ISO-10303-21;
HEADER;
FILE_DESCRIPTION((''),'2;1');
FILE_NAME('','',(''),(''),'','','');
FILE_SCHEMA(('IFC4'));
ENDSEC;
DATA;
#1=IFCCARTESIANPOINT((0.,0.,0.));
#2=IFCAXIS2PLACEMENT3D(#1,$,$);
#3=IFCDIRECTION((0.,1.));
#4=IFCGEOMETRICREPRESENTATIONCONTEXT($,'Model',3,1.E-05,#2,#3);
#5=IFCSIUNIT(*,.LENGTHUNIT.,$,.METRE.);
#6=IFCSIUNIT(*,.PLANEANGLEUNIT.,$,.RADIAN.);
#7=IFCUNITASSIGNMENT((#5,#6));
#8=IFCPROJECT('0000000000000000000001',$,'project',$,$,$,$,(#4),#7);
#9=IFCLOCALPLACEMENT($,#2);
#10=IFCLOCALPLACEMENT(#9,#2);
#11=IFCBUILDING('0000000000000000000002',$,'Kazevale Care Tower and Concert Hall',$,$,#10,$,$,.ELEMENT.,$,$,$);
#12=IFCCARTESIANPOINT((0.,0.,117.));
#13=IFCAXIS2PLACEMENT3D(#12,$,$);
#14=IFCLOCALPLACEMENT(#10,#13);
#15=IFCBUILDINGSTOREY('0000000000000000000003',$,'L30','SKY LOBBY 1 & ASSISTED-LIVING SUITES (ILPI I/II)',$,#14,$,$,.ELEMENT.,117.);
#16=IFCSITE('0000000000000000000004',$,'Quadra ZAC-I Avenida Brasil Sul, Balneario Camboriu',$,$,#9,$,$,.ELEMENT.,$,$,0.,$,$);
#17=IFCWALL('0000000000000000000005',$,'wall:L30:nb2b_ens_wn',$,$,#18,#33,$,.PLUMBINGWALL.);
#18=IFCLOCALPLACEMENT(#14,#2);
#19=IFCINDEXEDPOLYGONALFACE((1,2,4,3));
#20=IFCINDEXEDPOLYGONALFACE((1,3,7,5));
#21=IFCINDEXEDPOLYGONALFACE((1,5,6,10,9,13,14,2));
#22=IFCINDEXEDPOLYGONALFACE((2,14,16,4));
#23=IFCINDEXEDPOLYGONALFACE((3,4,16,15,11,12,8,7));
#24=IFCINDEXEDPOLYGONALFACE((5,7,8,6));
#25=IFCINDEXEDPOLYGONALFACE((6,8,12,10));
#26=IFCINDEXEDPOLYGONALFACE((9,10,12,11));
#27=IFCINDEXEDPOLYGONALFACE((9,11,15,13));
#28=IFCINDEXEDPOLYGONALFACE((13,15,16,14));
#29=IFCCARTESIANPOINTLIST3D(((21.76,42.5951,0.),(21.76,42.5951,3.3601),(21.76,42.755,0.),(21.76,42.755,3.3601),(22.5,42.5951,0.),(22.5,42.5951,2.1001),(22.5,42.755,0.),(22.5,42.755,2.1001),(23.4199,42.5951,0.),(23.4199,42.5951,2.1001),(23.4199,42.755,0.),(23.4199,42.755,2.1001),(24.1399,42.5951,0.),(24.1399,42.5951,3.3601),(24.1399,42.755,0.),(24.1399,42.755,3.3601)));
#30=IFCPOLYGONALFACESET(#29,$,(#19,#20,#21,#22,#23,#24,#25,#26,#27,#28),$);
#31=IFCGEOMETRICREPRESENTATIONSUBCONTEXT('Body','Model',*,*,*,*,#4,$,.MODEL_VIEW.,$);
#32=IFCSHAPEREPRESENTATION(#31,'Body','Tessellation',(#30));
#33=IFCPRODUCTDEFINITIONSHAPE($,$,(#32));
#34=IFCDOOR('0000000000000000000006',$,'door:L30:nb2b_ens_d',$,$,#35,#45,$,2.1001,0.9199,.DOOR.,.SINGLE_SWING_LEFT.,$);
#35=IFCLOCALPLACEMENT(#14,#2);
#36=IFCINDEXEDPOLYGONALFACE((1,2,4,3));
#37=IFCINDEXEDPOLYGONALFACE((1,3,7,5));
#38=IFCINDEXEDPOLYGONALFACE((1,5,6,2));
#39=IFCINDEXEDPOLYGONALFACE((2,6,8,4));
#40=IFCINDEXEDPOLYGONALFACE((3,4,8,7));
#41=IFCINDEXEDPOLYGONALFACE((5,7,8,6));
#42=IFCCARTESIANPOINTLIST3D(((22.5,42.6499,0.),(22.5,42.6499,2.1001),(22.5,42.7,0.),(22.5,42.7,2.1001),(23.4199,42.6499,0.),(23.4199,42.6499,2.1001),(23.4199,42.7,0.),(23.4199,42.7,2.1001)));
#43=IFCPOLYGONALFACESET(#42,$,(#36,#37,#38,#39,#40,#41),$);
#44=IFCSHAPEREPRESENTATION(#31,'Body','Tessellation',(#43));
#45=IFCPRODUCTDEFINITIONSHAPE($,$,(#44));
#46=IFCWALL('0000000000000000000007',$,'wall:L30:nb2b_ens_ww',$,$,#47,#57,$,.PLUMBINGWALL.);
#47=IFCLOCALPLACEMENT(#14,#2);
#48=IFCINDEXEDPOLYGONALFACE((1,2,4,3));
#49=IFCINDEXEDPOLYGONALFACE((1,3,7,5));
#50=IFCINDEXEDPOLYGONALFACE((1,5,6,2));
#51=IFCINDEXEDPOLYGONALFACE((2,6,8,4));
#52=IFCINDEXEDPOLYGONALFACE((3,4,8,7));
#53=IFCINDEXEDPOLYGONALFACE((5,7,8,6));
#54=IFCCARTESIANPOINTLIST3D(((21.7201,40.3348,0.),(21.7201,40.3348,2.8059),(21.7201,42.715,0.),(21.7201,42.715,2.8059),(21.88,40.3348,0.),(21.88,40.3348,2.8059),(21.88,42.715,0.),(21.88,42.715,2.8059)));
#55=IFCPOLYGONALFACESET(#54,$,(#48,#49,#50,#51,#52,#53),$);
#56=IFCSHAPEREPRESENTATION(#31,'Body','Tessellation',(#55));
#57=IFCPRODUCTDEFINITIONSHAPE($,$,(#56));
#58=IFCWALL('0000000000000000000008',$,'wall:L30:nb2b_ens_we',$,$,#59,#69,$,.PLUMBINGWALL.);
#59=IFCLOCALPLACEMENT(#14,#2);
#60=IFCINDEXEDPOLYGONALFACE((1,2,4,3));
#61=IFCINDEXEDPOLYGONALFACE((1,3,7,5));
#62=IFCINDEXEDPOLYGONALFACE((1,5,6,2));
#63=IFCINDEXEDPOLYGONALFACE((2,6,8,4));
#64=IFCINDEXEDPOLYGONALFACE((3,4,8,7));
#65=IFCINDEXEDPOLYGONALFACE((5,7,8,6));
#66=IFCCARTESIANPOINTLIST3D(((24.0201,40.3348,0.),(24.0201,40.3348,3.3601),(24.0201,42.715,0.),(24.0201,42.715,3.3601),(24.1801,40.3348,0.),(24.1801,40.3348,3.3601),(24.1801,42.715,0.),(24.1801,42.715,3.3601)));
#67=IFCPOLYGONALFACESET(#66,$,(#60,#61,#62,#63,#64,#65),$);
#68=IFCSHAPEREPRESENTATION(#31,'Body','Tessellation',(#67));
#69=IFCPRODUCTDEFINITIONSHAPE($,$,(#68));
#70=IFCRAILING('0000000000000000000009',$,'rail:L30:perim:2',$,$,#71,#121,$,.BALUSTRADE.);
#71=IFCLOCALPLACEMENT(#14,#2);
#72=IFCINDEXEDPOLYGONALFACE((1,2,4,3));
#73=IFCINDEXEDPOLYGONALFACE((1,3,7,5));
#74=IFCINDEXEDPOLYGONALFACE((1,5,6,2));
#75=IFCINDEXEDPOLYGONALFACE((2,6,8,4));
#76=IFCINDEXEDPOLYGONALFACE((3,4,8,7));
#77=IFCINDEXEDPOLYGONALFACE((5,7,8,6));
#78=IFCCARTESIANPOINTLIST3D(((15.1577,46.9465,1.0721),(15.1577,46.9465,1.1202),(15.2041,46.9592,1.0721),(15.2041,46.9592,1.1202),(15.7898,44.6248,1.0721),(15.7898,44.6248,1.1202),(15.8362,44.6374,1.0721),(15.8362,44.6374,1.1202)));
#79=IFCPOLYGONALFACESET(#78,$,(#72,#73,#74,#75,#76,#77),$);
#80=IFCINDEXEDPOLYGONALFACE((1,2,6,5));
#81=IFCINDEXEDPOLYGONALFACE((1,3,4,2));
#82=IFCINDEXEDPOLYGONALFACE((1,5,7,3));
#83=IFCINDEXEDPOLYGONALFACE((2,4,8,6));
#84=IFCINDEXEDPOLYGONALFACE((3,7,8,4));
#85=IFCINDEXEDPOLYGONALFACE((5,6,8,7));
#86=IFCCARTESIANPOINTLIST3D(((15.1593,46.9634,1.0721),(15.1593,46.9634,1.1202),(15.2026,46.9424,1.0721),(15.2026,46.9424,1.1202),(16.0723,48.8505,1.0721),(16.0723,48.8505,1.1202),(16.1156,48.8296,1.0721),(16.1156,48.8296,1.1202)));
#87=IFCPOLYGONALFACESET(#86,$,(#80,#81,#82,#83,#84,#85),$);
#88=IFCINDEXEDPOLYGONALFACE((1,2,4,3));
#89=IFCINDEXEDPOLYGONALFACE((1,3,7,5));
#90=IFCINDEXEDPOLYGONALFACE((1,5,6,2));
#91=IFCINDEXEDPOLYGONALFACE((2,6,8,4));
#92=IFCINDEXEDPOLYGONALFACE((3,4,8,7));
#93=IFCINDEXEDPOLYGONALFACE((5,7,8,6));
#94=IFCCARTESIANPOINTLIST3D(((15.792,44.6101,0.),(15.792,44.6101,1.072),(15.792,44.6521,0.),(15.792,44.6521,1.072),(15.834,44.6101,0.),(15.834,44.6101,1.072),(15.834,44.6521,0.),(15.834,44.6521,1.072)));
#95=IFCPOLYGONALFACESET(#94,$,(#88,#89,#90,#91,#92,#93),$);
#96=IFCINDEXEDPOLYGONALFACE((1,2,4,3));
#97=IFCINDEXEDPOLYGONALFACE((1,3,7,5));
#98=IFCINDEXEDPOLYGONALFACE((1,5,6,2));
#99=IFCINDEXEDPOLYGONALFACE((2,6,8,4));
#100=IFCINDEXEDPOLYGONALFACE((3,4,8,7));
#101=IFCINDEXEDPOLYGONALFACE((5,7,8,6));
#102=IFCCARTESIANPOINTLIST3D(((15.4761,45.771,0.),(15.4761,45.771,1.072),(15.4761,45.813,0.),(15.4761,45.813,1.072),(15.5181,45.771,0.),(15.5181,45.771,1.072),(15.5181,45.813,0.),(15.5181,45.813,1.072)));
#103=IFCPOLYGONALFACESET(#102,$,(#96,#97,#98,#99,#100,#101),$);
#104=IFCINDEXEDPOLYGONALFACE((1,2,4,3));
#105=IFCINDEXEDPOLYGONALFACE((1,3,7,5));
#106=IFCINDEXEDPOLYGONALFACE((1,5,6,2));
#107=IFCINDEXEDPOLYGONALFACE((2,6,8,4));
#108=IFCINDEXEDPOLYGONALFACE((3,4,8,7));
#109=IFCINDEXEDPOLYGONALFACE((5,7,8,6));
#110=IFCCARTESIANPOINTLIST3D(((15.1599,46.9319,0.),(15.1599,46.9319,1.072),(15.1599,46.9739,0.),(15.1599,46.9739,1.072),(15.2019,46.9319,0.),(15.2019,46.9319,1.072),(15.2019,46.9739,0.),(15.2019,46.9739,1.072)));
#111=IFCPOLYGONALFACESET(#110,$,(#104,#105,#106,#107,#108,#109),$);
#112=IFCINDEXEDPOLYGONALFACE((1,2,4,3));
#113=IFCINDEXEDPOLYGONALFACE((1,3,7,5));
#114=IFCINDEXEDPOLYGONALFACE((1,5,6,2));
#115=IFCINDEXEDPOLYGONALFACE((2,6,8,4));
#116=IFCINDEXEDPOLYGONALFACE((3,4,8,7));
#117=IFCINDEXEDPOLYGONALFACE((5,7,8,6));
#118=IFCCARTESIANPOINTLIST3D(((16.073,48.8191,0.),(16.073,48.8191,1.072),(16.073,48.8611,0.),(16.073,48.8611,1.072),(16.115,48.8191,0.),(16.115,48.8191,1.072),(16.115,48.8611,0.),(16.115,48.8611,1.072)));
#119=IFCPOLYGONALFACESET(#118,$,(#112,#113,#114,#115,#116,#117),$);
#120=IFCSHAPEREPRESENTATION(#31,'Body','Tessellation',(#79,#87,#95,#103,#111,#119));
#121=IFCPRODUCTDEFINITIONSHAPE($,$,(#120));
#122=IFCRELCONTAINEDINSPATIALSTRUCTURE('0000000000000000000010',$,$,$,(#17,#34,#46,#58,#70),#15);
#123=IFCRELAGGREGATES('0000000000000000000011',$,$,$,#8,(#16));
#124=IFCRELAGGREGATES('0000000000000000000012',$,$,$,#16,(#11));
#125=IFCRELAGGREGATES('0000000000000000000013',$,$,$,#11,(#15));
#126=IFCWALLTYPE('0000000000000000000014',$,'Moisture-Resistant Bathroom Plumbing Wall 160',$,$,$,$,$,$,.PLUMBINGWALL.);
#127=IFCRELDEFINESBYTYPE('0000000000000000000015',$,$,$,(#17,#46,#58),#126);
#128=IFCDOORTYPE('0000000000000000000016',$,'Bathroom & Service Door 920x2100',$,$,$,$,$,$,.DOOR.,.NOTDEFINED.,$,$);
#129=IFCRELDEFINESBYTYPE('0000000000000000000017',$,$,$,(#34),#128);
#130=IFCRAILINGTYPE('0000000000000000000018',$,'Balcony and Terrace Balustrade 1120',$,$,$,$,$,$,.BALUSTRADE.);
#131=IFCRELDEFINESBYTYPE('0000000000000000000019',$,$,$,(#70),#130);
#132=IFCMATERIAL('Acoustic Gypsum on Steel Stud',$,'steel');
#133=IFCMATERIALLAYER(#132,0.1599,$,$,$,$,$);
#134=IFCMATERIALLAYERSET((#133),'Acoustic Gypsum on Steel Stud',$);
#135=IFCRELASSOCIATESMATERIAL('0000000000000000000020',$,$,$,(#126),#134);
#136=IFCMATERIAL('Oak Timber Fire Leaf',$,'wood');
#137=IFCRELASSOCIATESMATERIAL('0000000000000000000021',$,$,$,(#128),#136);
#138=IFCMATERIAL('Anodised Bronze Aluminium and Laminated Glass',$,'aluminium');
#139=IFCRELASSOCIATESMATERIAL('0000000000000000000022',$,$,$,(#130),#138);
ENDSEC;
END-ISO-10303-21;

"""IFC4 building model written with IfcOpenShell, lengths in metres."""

from ifc_helpers import new_model, si_unit, direction, frame, frame_2d, origin, origin_2d, place, context, subcontext, project, spatial, rectangle, extrude, material, layer, layer_set, type_object, element, fill, save


model = new_model("IFC4")

# Units and contexts
model_context = context("Model", 3, precision=1e-05, world=origin(), true_north=direction((0.0, 1.0)))
body_context = subcontext(model_context, "Body", "Model", "MODEL_VIEW")
ifc_project = project(units=[si_unit("LENGTHUNIT", "METRE"), si_unit("PLANEANGLEUNIT", "RADIAN")], contexts=[model_context])

# Site, building, storey
site_placement = place(None, origin())
site = spatial("IfcSite", under=ifc_project, at=site_placement, Name="Quadra ZAC-I Avenida Brasil Sul, Balneario Camboriu", CompositionType="ELEMENT", RefElevation=0.0)
building_placement = place(site_placement, origin())
building = spatial("IfcBuilding", under=site, at=building_placement, Name="Kazevale Care Tower and Concert Hall", CompositionType="ELEMENT")
storey_placement = place(building_placement, frame((0.0, 0.0, 117.0)))
storey = spatial("IfcBuildingStorey", under=building, at=storey_placement, Name="L30", Description="SKY LOBBY 1 & ASSISTED-LIVING SUITES (ILPI I/II)", CompositionType="ELEMENT", Elevation=117.0)

# Shared definitions
ifc_material_1 = material(Name="Oak Timber Fire Leaf", Category="wood")

# Shared definitions
ifc_material_2 = material(Name="Acoustic Gypsum on Steel Stud", Category="steel")
ifc_layer_1 = layer(ifc_material_2, 0.1599)
ifc_layer_set_1 = layer_set([ifc_layer_1], Name="Acoustic Gypsum on Steel Stud")
wall_type_1 = type_object("IfcWallType", Name="Moisture-Resistant Bathroom Plumbing Wall 160", PredefinedType="PLUMBINGWALL", material=ifc_layer_set_1)

# Wall, opening, door
wall_1_placement = place(storey_placement, frame((21.76, 42.675, 0.0), z_axis=(0.0, 0.0, 1.0), x_axis=(1.0, 0.0, 0.0)))
wall_1 = element("IfcWall", 1, at=wall_1_placement, inside=storey, type_object=wall_type_1, Name="wall:L30:nb2b_ens_wn", PredefinedType="PLUMBINGWALL", context=body_context, shape_type="SweptSolid", body=[
    extrude(rectangle(XDim=2.3799, YDim=0.1599, at=frame_2d((1.1899, 0.0))), origin(), (0.0, 0.0, 1.0), 3.3601),
])
opening_1_placement = place(wall_1_placement, frame((0.74, 0.0, 0.0)))
opening_1 = element("IfcOpeningElement", 2, at=opening_1_placement, cuts=wall_1, PredefinedType="OPENING", context=body_context, shape_type="SweptSolid", body=[
    extrude(rectangle(XDim=0.9199, YDim=2.1001, at=frame_2d((0.46, 1.05))), frame((0.0, 0.0898, 0.0), z_axis=(0.0, -1.0, 0.0), x_axis=(1.0, 0.0, 0.0)), (0.0, 0.0, 1.0), 0.1799),
])
door_type_1 = type_object("IfcDoorType", Name="Bathroom & Service Door 920x2100", OperationType="NOTDEFINED", PredefinedType="DOOR", material=ifc_material_1)
door_1_placement = place(opening_1_placement, origin())
door_1 = element("IfcDoor", 3, at=door_1_placement, inside=storey, type_object=door_type_1, Name="door:L30:nb2b_ens_d", OperationType="SINGLE_SWING_LEFT", OverallHeight=2.1001, OverallWidth=0.9199, PredefinedType="DOOR", context=body_context, shape_type="SweptSolid", body=[
    extrude(rectangle(XDim=0.9199, YDim=2.1001, at=frame_2d((0.46, 1.05))), frame((0.0, 0.0249, 0.0), z_axis=(0.0, -1.0, 0.0), x_axis=(1.0, 0.0, 0.0)), (0.0, 0.0, 1.0), 0.05),
])
fill(opening_1, door_1)

# Walls
wall_2_placement = place(storey_placement, frame((21.8, 40.335, 0.0), z_axis=(0.0, 0.0, 1.0), x_axis=(0.0, 1.0, 0.0)))
element("IfcWall", 4, at=wall_2_placement, inside=storey, type_object=wall_type_1, Name="wall:L30:nb2b_ens_ww", PredefinedType="PLUMBINGWALL", context=body_context, shape_type="SweptSolid", body=[
    extrude(rectangle(XDim=2.3801, YDim=0.1599, at=frame_2d((1.1899, 0.0))), origin(), (0.0, 0.0, 1.0), 2.8059),
])
wall_3_placement = place(storey_placement, frame((24.1001, 40.335, 0.0), z_axis=(0.0, 0.0, 1.0), x_axis=(0.0, 1.0, 0.0)))
element("IfcWall", 5, at=wall_3_placement, inside=storey, type_object=wall_type_1, Name="wall:L30:nb2b_ens_we", PredefinedType="PLUMBINGWALL", context=body_context, shape_type="SweptSolid", body=[
    extrude(rectangle(XDim=2.3801, YDim=0.1599, at=frame_2d((1.1899, 0.0))), origin(), (0.0, 0.0, 1.0), 3.3601),
])

# Railing
ifc_material_3 = material(Name="Anodised Bronze Aluminium and Laminated Glass", Category="aluminium")
railing_type = type_object("IfcRailingType", Name="Balcony and Terrace Balustrade 1120", PredefinedType="BALUSTRADE", material=ifc_material_3)
railing_placement = place(storey_placement, frame((15.813, 44.6311, 0.0)))
element("IfcRailing", 6, at=railing_placement, inside=storey, type_object=railing_type, Name="rail:L30:perim:2", PredefinedType="BALUSTRADE", context=body_context, shape_type="SweptSolid", body=[
    extrude(rectangle(XDim=0.0481, YDim=0.0481, at=origin_2d()), frame((0.0, 0.0, 1.0962), z_axis=(-0.26268, 0.964883, 0.0), x_axis=(-0.964883, -0.26268, 0.0)), (0.0, 0.0, 1.0), 2.4062),
    extrude(rectangle(XDim=0.0481, YDim=0.0481, at=origin_2d()), frame((-0.6321, 2.3218, 1.0962), z_axis=(0.43553, 0.900174, 0.0), x_axis=(-0.900174, 0.43553, 0.0)), (0.0, 0.0, 1.0), 2.0964),
    extrude(rectangle(XDim=0.042, YDim=0.042, at=origin_2d()), origin(), (0.0, 0.0, 1.0), 1.072),
    extrude(rectangle(XDim=0.042, YDim=0.042, at=origin_2d()), frame((-0.3159, 1.1609, 0.0)), (0.0, 0.0, 1.0), 1.072),
    extrude(rectangle(XDim=0.042, YDim=0.042, at=origin_2d()), frame((-0.6321, 2.3218, 0.0)), (0.0, 0.0, 1.0), 1.072),
    extrude(rectangle(XDim=0.042, YDim=0.042, at=origin_2d()), frame((0.281, 4.209, 0.0)), (0.0, 0.0, 1.0), 1.072),
])

save(model, "model.ifc")
